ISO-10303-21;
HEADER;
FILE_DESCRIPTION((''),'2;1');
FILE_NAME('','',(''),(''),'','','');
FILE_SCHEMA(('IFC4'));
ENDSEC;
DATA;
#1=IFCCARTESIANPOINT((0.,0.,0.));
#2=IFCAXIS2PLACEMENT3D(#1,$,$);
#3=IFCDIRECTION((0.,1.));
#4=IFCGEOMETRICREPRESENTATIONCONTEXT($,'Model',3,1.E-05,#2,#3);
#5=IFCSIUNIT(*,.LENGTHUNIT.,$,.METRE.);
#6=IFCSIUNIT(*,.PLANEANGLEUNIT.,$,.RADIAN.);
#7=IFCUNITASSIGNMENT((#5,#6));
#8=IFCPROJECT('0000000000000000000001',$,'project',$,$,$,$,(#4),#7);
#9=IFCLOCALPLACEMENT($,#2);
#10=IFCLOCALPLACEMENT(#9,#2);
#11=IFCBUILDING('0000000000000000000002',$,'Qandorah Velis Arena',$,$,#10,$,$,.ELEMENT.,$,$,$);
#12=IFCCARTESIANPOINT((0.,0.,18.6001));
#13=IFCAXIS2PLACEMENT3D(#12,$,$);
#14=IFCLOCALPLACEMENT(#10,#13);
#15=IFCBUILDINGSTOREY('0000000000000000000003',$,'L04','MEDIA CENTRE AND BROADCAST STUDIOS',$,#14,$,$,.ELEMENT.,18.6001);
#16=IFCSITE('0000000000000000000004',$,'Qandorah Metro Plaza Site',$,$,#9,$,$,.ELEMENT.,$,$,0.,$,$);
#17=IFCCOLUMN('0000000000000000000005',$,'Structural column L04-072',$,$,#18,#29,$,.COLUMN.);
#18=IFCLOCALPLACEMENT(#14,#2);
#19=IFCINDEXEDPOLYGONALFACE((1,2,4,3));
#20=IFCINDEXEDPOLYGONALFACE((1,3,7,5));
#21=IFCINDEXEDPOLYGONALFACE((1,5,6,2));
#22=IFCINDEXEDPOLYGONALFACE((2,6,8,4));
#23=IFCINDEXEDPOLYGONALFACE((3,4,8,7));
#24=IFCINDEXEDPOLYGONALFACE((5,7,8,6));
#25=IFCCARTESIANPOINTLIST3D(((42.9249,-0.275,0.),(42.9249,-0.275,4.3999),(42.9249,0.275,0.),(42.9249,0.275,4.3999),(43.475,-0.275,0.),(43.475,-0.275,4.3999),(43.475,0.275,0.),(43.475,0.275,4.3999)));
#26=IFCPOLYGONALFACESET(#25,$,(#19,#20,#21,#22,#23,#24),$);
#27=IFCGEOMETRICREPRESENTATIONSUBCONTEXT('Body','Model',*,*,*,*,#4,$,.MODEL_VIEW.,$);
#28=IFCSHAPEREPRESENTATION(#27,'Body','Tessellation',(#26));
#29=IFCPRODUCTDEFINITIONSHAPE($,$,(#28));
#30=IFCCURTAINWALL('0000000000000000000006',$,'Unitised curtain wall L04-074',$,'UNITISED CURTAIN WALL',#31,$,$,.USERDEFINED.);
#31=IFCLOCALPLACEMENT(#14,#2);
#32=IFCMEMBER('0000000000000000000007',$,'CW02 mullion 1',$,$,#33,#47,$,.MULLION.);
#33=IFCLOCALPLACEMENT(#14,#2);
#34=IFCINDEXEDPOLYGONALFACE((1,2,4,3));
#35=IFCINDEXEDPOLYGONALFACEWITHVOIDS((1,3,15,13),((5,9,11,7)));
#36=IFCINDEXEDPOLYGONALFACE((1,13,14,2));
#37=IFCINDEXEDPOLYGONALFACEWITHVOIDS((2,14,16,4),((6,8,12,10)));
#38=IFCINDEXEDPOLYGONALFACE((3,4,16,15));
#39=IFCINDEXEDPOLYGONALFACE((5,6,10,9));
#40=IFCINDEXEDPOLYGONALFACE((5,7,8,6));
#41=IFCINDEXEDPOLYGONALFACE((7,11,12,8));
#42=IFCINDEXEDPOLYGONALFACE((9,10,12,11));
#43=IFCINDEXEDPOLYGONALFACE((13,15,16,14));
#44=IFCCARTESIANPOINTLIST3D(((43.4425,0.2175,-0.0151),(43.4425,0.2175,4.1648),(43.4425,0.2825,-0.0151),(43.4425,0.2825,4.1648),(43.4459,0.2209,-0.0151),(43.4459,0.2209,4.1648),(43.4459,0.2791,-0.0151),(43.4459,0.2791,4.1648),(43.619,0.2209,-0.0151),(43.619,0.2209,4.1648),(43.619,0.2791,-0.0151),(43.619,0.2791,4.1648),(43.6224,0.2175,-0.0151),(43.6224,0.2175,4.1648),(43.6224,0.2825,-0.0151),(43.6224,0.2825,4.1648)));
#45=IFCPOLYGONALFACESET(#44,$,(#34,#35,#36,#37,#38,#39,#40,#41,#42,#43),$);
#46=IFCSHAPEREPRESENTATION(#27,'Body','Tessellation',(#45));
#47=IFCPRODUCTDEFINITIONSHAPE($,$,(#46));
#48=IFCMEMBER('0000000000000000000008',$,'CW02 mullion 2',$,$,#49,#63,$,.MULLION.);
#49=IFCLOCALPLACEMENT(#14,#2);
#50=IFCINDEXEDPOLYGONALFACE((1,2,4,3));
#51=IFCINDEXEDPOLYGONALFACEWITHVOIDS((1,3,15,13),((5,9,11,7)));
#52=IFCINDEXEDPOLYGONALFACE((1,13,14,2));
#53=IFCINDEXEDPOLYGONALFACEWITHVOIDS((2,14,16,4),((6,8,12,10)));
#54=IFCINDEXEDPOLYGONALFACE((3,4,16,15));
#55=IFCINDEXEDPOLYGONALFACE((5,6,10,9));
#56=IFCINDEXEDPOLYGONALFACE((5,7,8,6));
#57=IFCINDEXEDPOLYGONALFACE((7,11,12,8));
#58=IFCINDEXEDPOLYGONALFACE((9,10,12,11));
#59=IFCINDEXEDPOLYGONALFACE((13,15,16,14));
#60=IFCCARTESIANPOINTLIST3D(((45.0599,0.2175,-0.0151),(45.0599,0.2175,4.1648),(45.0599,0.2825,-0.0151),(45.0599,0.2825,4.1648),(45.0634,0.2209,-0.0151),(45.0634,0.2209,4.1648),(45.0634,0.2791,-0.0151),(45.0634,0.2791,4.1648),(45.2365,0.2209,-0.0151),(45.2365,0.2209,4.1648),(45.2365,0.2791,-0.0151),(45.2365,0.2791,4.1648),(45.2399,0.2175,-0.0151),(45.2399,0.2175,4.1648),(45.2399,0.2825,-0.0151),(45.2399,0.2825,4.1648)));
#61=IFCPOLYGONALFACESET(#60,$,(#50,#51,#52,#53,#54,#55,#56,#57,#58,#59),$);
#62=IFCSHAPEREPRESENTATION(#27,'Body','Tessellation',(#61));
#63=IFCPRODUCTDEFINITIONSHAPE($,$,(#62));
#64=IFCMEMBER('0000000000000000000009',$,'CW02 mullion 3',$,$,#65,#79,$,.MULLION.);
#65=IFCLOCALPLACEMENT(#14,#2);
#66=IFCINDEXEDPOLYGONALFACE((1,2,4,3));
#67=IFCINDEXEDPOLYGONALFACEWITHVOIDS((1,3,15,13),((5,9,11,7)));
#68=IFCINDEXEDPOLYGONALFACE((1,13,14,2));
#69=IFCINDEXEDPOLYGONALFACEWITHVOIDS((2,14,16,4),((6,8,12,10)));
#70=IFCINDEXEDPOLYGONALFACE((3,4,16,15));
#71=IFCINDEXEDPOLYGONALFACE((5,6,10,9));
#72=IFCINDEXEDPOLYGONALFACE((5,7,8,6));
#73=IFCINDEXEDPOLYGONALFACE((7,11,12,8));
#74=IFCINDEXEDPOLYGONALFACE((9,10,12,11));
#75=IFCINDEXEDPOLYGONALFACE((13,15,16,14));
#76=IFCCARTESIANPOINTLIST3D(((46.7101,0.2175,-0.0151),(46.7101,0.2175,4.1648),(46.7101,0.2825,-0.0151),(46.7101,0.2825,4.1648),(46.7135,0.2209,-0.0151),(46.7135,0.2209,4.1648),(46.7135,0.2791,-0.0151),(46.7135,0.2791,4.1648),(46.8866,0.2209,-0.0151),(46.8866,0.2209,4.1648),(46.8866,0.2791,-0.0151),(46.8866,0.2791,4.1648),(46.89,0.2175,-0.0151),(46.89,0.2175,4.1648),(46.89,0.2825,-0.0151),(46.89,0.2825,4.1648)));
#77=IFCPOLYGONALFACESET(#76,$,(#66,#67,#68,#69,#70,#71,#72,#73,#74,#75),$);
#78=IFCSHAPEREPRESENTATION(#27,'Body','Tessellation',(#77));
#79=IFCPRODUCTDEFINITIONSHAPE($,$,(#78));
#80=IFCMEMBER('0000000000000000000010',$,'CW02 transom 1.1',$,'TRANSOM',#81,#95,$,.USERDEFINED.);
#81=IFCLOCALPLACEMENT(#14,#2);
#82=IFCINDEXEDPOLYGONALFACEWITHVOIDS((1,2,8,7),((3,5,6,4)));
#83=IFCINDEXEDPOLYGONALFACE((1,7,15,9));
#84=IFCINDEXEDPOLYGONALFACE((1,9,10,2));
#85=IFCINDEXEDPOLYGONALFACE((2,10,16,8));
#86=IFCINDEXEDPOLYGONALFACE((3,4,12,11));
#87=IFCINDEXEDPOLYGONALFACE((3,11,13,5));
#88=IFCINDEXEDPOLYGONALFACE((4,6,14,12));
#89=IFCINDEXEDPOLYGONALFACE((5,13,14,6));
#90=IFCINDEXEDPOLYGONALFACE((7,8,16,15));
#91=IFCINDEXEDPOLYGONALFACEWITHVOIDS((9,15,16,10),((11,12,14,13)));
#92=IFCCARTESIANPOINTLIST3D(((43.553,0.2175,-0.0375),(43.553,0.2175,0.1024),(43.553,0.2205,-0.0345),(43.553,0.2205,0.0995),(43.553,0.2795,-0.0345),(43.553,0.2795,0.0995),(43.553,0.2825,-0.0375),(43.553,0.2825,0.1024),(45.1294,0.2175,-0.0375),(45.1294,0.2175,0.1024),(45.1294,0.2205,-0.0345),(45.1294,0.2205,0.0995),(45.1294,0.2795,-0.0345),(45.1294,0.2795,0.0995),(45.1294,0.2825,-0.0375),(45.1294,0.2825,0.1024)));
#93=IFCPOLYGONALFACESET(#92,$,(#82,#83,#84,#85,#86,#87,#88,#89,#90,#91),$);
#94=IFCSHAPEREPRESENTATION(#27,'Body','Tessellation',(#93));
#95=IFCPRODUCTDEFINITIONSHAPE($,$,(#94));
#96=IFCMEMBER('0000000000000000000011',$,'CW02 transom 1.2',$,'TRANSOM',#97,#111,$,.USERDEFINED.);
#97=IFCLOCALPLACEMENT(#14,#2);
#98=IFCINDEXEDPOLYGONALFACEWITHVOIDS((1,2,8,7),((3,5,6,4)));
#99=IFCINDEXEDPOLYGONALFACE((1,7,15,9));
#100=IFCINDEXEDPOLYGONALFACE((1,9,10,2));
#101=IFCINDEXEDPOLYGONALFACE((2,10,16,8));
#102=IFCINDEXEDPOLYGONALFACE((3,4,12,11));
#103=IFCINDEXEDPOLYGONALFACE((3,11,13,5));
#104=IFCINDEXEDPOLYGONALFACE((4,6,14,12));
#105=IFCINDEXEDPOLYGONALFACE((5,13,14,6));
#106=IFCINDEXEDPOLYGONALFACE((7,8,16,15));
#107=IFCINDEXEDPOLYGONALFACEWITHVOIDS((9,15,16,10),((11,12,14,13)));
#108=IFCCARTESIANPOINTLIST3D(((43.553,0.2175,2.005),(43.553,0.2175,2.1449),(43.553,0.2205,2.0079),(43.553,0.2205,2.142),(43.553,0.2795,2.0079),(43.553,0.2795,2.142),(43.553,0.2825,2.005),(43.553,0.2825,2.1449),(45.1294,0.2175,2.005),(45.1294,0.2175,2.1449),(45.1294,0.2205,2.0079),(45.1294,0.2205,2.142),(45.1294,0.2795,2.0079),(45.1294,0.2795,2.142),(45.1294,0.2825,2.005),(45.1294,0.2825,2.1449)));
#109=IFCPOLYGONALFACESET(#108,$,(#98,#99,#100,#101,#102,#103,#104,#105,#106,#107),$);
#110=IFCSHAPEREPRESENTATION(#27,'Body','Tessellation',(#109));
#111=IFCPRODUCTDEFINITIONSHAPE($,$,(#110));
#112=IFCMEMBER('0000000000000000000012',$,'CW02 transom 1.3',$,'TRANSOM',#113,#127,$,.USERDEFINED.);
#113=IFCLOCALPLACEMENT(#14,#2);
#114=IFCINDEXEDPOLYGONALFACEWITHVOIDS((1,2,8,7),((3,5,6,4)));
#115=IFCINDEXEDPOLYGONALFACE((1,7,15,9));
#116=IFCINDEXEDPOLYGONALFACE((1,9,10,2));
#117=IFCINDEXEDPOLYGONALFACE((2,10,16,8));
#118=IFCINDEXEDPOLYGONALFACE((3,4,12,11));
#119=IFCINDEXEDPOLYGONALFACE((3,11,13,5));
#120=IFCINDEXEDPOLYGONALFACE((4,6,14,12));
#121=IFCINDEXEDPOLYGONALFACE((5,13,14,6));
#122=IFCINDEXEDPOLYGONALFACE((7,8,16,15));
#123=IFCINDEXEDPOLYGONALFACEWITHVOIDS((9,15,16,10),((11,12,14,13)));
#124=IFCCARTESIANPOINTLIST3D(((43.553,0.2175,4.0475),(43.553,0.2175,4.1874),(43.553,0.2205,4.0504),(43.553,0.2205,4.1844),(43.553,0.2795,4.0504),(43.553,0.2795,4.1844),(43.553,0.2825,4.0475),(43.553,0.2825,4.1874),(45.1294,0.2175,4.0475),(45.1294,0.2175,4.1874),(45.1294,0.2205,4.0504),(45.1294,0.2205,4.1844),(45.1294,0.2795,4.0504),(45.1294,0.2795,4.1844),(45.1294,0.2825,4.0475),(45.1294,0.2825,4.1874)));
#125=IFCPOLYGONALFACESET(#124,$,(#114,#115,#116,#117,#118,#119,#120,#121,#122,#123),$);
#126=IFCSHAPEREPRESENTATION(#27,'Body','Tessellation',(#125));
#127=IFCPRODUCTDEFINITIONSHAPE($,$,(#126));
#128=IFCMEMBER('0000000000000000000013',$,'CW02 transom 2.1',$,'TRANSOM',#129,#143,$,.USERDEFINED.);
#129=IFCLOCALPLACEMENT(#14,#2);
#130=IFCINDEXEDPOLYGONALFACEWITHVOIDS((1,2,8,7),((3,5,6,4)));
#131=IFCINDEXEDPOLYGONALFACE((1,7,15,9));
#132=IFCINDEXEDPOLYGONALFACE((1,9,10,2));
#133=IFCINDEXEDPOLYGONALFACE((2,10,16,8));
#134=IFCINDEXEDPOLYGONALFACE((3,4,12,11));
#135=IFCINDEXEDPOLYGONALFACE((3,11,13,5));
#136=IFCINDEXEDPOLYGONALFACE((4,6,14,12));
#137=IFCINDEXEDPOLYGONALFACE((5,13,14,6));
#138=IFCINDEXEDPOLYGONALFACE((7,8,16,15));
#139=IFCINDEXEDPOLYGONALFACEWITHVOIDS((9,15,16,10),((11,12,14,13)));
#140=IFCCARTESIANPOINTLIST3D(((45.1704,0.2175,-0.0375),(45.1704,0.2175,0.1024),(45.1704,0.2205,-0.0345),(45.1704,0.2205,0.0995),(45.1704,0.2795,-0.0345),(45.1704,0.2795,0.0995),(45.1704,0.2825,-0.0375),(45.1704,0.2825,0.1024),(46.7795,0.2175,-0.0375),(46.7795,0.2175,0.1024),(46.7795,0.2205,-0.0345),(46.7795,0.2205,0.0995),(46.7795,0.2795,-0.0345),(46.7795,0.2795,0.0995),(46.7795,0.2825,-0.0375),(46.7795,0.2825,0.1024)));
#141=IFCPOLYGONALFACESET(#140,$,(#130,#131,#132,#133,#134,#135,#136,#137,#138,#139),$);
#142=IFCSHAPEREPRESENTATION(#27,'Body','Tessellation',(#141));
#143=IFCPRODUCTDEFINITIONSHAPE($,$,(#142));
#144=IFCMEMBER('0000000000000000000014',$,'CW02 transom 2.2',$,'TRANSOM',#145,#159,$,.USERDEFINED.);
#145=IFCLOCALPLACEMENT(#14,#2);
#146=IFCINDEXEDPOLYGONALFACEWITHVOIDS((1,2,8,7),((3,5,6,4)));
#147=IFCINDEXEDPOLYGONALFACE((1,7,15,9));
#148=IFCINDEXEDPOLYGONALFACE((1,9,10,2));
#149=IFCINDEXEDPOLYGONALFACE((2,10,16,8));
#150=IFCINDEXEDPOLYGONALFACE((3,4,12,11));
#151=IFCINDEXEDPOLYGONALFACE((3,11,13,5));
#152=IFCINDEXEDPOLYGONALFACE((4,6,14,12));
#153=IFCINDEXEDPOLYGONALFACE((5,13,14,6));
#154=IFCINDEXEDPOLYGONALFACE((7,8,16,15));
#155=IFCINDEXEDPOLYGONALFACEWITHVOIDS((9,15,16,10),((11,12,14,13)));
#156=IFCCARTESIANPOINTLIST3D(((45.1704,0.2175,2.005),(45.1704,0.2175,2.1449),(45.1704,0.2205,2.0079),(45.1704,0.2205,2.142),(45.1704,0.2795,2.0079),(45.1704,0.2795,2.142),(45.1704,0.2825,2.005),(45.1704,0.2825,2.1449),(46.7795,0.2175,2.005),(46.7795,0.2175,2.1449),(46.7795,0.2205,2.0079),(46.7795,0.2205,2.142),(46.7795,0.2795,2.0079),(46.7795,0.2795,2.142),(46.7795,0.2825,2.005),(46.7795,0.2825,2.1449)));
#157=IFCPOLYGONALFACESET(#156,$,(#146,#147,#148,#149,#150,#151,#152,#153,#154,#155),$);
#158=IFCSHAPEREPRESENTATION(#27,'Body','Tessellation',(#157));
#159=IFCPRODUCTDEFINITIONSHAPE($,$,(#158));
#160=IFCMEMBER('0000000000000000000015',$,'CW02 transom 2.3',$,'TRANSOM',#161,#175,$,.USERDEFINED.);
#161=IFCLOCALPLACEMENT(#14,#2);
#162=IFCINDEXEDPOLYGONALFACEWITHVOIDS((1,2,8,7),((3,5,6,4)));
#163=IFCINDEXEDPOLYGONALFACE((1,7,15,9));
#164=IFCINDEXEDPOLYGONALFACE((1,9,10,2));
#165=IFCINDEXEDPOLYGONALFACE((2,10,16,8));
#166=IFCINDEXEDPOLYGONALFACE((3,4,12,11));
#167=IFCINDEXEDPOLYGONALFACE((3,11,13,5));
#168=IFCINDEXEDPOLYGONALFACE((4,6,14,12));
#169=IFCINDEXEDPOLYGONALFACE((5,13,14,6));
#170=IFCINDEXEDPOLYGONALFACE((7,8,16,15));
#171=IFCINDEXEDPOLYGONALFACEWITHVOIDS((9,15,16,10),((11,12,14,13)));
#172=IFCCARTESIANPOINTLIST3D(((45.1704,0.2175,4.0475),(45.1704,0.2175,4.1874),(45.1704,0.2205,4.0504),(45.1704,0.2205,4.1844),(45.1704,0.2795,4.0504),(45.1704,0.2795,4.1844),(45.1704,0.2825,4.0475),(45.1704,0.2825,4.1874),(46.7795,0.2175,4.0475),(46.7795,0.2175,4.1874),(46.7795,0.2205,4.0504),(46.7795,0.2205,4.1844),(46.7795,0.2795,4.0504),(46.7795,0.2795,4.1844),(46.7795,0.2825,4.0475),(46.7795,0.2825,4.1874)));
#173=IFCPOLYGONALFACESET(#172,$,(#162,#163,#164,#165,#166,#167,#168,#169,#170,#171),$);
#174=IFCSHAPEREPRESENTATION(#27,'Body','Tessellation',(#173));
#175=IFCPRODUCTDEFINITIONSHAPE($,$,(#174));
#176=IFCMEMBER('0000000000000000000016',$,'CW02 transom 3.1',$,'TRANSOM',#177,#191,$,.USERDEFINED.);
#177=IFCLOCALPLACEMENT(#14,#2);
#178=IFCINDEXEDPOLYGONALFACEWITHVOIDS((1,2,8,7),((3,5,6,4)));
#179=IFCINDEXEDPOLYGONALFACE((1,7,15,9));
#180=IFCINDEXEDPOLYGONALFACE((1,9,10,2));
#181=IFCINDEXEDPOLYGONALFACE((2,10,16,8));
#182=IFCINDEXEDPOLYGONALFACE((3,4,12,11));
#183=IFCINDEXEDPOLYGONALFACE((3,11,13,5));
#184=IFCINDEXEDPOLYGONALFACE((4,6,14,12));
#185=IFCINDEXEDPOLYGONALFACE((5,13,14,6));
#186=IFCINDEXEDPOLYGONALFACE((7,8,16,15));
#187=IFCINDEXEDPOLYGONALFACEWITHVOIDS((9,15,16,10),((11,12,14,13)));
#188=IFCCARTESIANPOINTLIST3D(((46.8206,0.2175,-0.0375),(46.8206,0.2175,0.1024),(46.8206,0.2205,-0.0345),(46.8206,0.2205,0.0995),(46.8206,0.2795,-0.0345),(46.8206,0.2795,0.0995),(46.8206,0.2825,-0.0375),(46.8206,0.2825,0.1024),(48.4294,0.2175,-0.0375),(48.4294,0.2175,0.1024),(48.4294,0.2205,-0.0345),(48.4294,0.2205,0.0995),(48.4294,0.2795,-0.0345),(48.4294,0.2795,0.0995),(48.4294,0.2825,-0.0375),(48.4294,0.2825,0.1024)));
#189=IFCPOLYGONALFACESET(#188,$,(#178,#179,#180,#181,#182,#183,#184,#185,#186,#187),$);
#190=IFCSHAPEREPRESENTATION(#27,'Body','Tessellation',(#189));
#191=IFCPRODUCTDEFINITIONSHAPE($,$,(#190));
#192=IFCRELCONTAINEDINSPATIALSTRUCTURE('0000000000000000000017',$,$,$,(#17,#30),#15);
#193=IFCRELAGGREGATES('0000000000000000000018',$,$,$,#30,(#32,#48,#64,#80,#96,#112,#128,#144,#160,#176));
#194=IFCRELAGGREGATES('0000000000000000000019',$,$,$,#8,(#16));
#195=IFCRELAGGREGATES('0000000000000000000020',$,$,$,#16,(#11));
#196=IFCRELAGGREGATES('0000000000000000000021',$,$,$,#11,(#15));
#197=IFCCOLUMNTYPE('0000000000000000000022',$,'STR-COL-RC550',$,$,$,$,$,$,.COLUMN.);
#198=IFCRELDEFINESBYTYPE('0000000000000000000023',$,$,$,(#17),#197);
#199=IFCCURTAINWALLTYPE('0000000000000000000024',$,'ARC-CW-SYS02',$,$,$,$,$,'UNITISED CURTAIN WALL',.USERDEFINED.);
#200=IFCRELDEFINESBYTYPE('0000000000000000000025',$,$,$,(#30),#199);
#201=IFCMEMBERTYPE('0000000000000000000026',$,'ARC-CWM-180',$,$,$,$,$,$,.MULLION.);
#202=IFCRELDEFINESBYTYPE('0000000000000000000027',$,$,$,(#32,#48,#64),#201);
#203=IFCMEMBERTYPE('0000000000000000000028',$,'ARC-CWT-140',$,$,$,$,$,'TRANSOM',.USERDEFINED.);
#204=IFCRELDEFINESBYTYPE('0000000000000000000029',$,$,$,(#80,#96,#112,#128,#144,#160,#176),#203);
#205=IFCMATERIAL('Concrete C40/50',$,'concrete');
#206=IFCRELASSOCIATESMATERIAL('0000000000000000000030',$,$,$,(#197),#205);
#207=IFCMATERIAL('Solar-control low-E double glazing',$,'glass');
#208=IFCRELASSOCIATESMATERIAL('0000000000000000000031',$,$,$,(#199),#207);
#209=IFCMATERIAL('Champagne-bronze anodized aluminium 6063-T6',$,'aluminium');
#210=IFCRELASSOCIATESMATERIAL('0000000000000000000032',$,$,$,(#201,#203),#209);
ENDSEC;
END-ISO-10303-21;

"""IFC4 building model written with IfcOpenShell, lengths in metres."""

from ifc_helpers import new_model, si_unit, direction, frame, origin, origin_2d, place, context, subcontext, project, spatial, rectangle, hollow_rectangle, extrude, material, material_profile, profile_set, type_object, element, aggregate, save


model = new_model("IFC4")

# Units and contexts
model_context = context("Model", 3, precision=1e-05, world=origin(), true_north=direction((0.0, 1.0)))
body_context = subcontext(model_context, "Body", "Model", "MODEL_VIEW")
ifc_project = project(units=[si_unit("LENGTHUNIT", "METRE"), si_unit("PLANEANGLEUNIT", "RADIAN")], contexts=[model_context])

# Site, building, storey
site_placement = place(None, origin())
site = spatial("IfcSite", under=ifc_project, at=site_placement, Name="Qandorah Metro Plaza Site", CompositionType="ELEMENT", RefElevation=0.0)
building_placement = place(site_placement, origin())
building = spatial("IfcBuilding", under=site, at=building_placement, Name="Qandorah Velis Arena", CompositionType="ELEMENT")
storey_placement = place(building_placement, frame((0.0, 0.0, 18.6001)))
storey = spatial("IfcBuildingStorey", under=building, at=storey_placement, Name="L04", Description="MEDIA CENTRE AND BROADCAST STUDIOS", CompositionType="ELEMENT", Elevation=18.6001)

# Column
ifc_material_1 = material(Name="Concrete C40/50", Category="concrete")
ifc_material_profile_1 = material_profile(ifc_material_1, rectangle(XDim=0.55, YDim=0.55, at=origin_2d()), Name="RC COL 550x550")
ifc_profile_set_1 = profile_set([ifc_material_profile_1], Name="Concrete C40/50")
column_type = type_object("IfcColumnType", Name="STR-COL-RC550", PredefinedType="COLUMN", material=ifc_profile_set_1)
column_placement = place(storey_placement, frame((43.2, 0.0, 0.0), z_axis=(0.0, 0.0, 1.0), x_axis=(1.0, 0.0, 0.0)))
element("IfcColumn", 1, at=column_placement, inside=storey, type_object=column_type, Name="Structural column L04-072", PredefinedType="COLUMN", context=body_context, shape_type="SweptSolid", body=[
    extrude(rectangle(XDim=0.55, YDim=0.55, at=origin_2d()), origin(), (0.0, 0.0, 1.0), 4.3999),
])

# Curtain wall, members
ifc_material_2 = material(Name="Solar-control low-E double glazing", Category="glass")
curtain_wall_type = type_object("IfcCurtainWallType", Name="ARC-CW-SYS02", ElementType="UNITISED CURTAIN WALL", PredefinedType="USERDEFINED", material=ifc_material_2)
curtain_wall_placement = place(storey_placement, origin())
curtain_wall = element("IfcCurtainWall", 2, at=curtain_wall_placement, inside=storey, type_object=curtain_wall_type, Name="Unitised curtain wall L04-074", ObjectType="UNITISED CURTAIN WALL", PredefinedType="USERDEFINED")
ifc_material_3 = material(Name="Champagne-bronze anodized aluminium 6063-T6", Category="aluminium")
ifc_material_profile_2 = material_profile(ifc_material_3, hollow_rectangle(XDim=0.0649, YDim=0.1799, WallThickness=0.0034, at=origin_2d()), Name="ALU MULLION 65x180")
ifc_profile_set_2 = profile_set([ifc_material_profile_2], Name="Champagne-bronze anodized aluminium 6063-T6")
member_type_1 = type_object("IfcMemberType", Name="ARC-CWM-180", PredefinedType="MULLION", material=ifc_profile_set_2)
member_1_placement = place(storey_placement, frame((43.5325, 0.25, -0.0151), z_axis=(0.0, 0.0, 1.0), x_axis=(0.0, 1.0, 0.0)))
member_1 = element("IfcMember", 3, at=member_1_placement, type_object=member_type_1, Name="CW02 mullion 1", PredefinedType="MULLION", context=body_context, shape_type="SweptSolid", body=[
    extrude(hollow_rectangle(XDim=0.0649, YDim=0.1799, WallThickness=0.0034, at=origin_2d()), origin(), (0.0, 0.0, 1.0), 4.1799),
])
member_2_placement = place(storey_placement, frame((45.1499, 0.25, -0.0151), z_axis=(0.0, 0.0, 1.0), x_axis=(0.0, 1.0, 0.0)))
member_2 = element("IfcMember", 4, at=member_2_placement, type_object=member_type_1, Name="CW02 mullion 2", PredefinedType="MULLION", context=body_context, shape_type="SweptSolid", body=[
    extrude(hollow_rectangle(XDim=0.0649, YDim=0.1799, WallThickness=0.0034, at=origin_2d()), origin(), (0.0, 0.0, 1.0), 4.1799),
])
member_3_placement = place(storey_placement, frame((46.8, 0.25, -0.0151), z_axis=(0.0, 0.0, 1.0), x_axis=(0.0, 1.0, 0.0)))
member_3 = element("IfcMember", 5, at=member_3_placement, type_object=member_type_1, Name="CW02 mullion 3", PredefinedType="MULLION", context=body_context, shape_type="SweptSolid", body=[
    extrude(hollow_rectangle(XDim=0.0649, YDim=0.1799, WallThickness=0.0034, at=origin_2d()), origin(), (0.0, 0.0, 1.0), 4.1799),
])
ifc_material_profile_3 = material_profile(ifc_material_3, hollow_rectangle(XDim=0.0649, YDim=0.1399, WallThickness=0.0029, at=origin_2d()), Name="ALU TRANSOM 65x140")
ifc_profile_set_3 = profile_set([ifc_material_profile_3], Name="Champagne-bronze anodized aluminium 6063-T6")
member_type_2 = type_object("IfcMemberType", Name="ARC-CWT-140", ElementType="TRANSOM", PredefinedType="USERDEFINED", material=ifc_profile_set_3)
member_4_placement = place(storey_placement, frame((43.553, 0.25, 0.0325), z_axis=(1.0, 0.0, 0.0), x_axis=(0.0, 1.0, 0.0)))
member_4 = element("IfcMember", 6, at=member_4_placement, type_object=member_type_2, Name="CW02 transom 1.1", ObjectType="TRANSOM", PredefinedType="USERDEFINED", context=body_context, shape_type="SweptSolid", body=[
    extrude(hollow_rectangle(XDim=0.0649, YDim=0.1399, WallThickness=0.0029, at=origin_2d()), origin(), (0.0, 0.0, 1.0), 1.5764),
])
member_5_placement = place(storey_placement, frame((43.553, 0.25, 2.075), z_axis=(1.0, 0.0, 0.0), x_axis=(0.0, 1.0, 0.0)))
member_5 = element("IfcMember", 7, at=member_5_placement, type_object=member_type_2, Name="CW02 transom 1.2", ObjectType="TRANSOM", PredefinedType="USERDEFINED", context=body_context, shape_type="SweptSolid", body=[
    extrude(hollow_rectangle(XDim=0.0649, YDim=0.1399, WallThickness=0.0029, at=origin_2d()), origin(), (0.0, 0.0, 1.0), 1.5764),
])
member_6_placement = place(storey_placement, frame((43.553, 0.25, 4.1174), z_axis=(1.0, 0.0, 0.0), x_axis=(0.0, 1.0, 0.0)))
member_6 = element("IfcMember", 8, at=member_6_placement, type_object=member_type_2, Name="CW02 transom 1.3", ObjectType="TRANSOM", PredefinedType="USERDEFINED", context=body_context, shape_type="SweptSolid", body=[
    extrude(hollow_rectangle(XDim=0.0649, YDim=0.1399, WallThickness=0.0029, at=origin_2d()), origin(), (0.0, 0.0, 1.0), 1.5764),
])
member_7_placement = place(storey_placement, frame((45.1704, 0.25, 0.0325), z_axis=(1.0, 0.0, 0.0), x_axis=(0.0, 1.0, 0.0)))
member_7 = element("IfcMember", 9, at=member_7_placement, type_object=member_type_2, Name="CW02 transom 2.1", ObjectType="TRANSOM", PredefinedType="USERDEFINED", context=body_context, shape_type="SweptSolid", body=[
    extrude(hollow_rectangle(XDim=0.0649, YDim=0.1399, WallThickness=0.0029, at=origin_2d()), origin(), (0.0, 0.0, 1.0), 1.6091),
])
member_8_placement = place(storey_placement, frame((45.1704, 0.25, 2.075), z_axis=(1.0, 0.0, 0.0), x_axis=(0.0, 1.0, 0.0)))
member_8 = element("IfcMember", 10, at=member_8_placement, type_object=member_type_2, Name="CW02 transom 2.2", ObjectType="TRANSOM", PredefinedType="USERDEFINED", context=body_context, shape_type="SweptSolid", body=[
    extrude(hollow_rectangle(XDim=0.0649, YDim=0.1399, WallThickness=0.0029, at=origin_2d()), origin(), (0.0, 0.0, 1.0), 1.6091),
])
member_9_placement = place(storey_placement, frame((45.1704, 0.25, 4.1174), z_axis=(1.0, 0.0, 0.0), x_axis=(0.0, 1.0, 0.0)))
member_9 = element("IfcMember", 11, at=member_9_placement, type_object=member_type_2, Name="CW02 transom 2.3", ObjectType="TRANSOM", PredefinedType="USERDEFINED", context=body_context, shape_type="SweptSolid", body=[
    extrude(hollow_rectangle(XDim=0.0649, YDim=0.1399, WallThickness=0.0029, at=origin_2d()), origin(), (0.0, 0.0, 1.0), 1.6091),
])
member_10_placement = place(storey_placement, frame((46.8206, 0.25, 0.0325), z_axis=(1.0, 0.0, 0.0), x_axis=(0.0, 1.0, 0.0)))
member_10 = element("IfcMember", 12, at=member_10_placement, type_object=member_type_2, Name="CW02 transom 3.1", ObjectType="TRANSOM", PredefinedType="USERDEFINED", context=body_context, shape_type="SweptSolid", body=[
    extrude(hollow_rectangle(XDim=0.0649, YDim=0.1399, WallThickness=0.0029, at=origin_2d()), origin(), (0.0, 0.0, 1.0), 1.6089),
])

aggregate(curtain_wall, [member_1, member_2, member_3, member_4, member_5, member_6, member_7, member_8, member_9, member_10])

save(model, "model.ifc")
